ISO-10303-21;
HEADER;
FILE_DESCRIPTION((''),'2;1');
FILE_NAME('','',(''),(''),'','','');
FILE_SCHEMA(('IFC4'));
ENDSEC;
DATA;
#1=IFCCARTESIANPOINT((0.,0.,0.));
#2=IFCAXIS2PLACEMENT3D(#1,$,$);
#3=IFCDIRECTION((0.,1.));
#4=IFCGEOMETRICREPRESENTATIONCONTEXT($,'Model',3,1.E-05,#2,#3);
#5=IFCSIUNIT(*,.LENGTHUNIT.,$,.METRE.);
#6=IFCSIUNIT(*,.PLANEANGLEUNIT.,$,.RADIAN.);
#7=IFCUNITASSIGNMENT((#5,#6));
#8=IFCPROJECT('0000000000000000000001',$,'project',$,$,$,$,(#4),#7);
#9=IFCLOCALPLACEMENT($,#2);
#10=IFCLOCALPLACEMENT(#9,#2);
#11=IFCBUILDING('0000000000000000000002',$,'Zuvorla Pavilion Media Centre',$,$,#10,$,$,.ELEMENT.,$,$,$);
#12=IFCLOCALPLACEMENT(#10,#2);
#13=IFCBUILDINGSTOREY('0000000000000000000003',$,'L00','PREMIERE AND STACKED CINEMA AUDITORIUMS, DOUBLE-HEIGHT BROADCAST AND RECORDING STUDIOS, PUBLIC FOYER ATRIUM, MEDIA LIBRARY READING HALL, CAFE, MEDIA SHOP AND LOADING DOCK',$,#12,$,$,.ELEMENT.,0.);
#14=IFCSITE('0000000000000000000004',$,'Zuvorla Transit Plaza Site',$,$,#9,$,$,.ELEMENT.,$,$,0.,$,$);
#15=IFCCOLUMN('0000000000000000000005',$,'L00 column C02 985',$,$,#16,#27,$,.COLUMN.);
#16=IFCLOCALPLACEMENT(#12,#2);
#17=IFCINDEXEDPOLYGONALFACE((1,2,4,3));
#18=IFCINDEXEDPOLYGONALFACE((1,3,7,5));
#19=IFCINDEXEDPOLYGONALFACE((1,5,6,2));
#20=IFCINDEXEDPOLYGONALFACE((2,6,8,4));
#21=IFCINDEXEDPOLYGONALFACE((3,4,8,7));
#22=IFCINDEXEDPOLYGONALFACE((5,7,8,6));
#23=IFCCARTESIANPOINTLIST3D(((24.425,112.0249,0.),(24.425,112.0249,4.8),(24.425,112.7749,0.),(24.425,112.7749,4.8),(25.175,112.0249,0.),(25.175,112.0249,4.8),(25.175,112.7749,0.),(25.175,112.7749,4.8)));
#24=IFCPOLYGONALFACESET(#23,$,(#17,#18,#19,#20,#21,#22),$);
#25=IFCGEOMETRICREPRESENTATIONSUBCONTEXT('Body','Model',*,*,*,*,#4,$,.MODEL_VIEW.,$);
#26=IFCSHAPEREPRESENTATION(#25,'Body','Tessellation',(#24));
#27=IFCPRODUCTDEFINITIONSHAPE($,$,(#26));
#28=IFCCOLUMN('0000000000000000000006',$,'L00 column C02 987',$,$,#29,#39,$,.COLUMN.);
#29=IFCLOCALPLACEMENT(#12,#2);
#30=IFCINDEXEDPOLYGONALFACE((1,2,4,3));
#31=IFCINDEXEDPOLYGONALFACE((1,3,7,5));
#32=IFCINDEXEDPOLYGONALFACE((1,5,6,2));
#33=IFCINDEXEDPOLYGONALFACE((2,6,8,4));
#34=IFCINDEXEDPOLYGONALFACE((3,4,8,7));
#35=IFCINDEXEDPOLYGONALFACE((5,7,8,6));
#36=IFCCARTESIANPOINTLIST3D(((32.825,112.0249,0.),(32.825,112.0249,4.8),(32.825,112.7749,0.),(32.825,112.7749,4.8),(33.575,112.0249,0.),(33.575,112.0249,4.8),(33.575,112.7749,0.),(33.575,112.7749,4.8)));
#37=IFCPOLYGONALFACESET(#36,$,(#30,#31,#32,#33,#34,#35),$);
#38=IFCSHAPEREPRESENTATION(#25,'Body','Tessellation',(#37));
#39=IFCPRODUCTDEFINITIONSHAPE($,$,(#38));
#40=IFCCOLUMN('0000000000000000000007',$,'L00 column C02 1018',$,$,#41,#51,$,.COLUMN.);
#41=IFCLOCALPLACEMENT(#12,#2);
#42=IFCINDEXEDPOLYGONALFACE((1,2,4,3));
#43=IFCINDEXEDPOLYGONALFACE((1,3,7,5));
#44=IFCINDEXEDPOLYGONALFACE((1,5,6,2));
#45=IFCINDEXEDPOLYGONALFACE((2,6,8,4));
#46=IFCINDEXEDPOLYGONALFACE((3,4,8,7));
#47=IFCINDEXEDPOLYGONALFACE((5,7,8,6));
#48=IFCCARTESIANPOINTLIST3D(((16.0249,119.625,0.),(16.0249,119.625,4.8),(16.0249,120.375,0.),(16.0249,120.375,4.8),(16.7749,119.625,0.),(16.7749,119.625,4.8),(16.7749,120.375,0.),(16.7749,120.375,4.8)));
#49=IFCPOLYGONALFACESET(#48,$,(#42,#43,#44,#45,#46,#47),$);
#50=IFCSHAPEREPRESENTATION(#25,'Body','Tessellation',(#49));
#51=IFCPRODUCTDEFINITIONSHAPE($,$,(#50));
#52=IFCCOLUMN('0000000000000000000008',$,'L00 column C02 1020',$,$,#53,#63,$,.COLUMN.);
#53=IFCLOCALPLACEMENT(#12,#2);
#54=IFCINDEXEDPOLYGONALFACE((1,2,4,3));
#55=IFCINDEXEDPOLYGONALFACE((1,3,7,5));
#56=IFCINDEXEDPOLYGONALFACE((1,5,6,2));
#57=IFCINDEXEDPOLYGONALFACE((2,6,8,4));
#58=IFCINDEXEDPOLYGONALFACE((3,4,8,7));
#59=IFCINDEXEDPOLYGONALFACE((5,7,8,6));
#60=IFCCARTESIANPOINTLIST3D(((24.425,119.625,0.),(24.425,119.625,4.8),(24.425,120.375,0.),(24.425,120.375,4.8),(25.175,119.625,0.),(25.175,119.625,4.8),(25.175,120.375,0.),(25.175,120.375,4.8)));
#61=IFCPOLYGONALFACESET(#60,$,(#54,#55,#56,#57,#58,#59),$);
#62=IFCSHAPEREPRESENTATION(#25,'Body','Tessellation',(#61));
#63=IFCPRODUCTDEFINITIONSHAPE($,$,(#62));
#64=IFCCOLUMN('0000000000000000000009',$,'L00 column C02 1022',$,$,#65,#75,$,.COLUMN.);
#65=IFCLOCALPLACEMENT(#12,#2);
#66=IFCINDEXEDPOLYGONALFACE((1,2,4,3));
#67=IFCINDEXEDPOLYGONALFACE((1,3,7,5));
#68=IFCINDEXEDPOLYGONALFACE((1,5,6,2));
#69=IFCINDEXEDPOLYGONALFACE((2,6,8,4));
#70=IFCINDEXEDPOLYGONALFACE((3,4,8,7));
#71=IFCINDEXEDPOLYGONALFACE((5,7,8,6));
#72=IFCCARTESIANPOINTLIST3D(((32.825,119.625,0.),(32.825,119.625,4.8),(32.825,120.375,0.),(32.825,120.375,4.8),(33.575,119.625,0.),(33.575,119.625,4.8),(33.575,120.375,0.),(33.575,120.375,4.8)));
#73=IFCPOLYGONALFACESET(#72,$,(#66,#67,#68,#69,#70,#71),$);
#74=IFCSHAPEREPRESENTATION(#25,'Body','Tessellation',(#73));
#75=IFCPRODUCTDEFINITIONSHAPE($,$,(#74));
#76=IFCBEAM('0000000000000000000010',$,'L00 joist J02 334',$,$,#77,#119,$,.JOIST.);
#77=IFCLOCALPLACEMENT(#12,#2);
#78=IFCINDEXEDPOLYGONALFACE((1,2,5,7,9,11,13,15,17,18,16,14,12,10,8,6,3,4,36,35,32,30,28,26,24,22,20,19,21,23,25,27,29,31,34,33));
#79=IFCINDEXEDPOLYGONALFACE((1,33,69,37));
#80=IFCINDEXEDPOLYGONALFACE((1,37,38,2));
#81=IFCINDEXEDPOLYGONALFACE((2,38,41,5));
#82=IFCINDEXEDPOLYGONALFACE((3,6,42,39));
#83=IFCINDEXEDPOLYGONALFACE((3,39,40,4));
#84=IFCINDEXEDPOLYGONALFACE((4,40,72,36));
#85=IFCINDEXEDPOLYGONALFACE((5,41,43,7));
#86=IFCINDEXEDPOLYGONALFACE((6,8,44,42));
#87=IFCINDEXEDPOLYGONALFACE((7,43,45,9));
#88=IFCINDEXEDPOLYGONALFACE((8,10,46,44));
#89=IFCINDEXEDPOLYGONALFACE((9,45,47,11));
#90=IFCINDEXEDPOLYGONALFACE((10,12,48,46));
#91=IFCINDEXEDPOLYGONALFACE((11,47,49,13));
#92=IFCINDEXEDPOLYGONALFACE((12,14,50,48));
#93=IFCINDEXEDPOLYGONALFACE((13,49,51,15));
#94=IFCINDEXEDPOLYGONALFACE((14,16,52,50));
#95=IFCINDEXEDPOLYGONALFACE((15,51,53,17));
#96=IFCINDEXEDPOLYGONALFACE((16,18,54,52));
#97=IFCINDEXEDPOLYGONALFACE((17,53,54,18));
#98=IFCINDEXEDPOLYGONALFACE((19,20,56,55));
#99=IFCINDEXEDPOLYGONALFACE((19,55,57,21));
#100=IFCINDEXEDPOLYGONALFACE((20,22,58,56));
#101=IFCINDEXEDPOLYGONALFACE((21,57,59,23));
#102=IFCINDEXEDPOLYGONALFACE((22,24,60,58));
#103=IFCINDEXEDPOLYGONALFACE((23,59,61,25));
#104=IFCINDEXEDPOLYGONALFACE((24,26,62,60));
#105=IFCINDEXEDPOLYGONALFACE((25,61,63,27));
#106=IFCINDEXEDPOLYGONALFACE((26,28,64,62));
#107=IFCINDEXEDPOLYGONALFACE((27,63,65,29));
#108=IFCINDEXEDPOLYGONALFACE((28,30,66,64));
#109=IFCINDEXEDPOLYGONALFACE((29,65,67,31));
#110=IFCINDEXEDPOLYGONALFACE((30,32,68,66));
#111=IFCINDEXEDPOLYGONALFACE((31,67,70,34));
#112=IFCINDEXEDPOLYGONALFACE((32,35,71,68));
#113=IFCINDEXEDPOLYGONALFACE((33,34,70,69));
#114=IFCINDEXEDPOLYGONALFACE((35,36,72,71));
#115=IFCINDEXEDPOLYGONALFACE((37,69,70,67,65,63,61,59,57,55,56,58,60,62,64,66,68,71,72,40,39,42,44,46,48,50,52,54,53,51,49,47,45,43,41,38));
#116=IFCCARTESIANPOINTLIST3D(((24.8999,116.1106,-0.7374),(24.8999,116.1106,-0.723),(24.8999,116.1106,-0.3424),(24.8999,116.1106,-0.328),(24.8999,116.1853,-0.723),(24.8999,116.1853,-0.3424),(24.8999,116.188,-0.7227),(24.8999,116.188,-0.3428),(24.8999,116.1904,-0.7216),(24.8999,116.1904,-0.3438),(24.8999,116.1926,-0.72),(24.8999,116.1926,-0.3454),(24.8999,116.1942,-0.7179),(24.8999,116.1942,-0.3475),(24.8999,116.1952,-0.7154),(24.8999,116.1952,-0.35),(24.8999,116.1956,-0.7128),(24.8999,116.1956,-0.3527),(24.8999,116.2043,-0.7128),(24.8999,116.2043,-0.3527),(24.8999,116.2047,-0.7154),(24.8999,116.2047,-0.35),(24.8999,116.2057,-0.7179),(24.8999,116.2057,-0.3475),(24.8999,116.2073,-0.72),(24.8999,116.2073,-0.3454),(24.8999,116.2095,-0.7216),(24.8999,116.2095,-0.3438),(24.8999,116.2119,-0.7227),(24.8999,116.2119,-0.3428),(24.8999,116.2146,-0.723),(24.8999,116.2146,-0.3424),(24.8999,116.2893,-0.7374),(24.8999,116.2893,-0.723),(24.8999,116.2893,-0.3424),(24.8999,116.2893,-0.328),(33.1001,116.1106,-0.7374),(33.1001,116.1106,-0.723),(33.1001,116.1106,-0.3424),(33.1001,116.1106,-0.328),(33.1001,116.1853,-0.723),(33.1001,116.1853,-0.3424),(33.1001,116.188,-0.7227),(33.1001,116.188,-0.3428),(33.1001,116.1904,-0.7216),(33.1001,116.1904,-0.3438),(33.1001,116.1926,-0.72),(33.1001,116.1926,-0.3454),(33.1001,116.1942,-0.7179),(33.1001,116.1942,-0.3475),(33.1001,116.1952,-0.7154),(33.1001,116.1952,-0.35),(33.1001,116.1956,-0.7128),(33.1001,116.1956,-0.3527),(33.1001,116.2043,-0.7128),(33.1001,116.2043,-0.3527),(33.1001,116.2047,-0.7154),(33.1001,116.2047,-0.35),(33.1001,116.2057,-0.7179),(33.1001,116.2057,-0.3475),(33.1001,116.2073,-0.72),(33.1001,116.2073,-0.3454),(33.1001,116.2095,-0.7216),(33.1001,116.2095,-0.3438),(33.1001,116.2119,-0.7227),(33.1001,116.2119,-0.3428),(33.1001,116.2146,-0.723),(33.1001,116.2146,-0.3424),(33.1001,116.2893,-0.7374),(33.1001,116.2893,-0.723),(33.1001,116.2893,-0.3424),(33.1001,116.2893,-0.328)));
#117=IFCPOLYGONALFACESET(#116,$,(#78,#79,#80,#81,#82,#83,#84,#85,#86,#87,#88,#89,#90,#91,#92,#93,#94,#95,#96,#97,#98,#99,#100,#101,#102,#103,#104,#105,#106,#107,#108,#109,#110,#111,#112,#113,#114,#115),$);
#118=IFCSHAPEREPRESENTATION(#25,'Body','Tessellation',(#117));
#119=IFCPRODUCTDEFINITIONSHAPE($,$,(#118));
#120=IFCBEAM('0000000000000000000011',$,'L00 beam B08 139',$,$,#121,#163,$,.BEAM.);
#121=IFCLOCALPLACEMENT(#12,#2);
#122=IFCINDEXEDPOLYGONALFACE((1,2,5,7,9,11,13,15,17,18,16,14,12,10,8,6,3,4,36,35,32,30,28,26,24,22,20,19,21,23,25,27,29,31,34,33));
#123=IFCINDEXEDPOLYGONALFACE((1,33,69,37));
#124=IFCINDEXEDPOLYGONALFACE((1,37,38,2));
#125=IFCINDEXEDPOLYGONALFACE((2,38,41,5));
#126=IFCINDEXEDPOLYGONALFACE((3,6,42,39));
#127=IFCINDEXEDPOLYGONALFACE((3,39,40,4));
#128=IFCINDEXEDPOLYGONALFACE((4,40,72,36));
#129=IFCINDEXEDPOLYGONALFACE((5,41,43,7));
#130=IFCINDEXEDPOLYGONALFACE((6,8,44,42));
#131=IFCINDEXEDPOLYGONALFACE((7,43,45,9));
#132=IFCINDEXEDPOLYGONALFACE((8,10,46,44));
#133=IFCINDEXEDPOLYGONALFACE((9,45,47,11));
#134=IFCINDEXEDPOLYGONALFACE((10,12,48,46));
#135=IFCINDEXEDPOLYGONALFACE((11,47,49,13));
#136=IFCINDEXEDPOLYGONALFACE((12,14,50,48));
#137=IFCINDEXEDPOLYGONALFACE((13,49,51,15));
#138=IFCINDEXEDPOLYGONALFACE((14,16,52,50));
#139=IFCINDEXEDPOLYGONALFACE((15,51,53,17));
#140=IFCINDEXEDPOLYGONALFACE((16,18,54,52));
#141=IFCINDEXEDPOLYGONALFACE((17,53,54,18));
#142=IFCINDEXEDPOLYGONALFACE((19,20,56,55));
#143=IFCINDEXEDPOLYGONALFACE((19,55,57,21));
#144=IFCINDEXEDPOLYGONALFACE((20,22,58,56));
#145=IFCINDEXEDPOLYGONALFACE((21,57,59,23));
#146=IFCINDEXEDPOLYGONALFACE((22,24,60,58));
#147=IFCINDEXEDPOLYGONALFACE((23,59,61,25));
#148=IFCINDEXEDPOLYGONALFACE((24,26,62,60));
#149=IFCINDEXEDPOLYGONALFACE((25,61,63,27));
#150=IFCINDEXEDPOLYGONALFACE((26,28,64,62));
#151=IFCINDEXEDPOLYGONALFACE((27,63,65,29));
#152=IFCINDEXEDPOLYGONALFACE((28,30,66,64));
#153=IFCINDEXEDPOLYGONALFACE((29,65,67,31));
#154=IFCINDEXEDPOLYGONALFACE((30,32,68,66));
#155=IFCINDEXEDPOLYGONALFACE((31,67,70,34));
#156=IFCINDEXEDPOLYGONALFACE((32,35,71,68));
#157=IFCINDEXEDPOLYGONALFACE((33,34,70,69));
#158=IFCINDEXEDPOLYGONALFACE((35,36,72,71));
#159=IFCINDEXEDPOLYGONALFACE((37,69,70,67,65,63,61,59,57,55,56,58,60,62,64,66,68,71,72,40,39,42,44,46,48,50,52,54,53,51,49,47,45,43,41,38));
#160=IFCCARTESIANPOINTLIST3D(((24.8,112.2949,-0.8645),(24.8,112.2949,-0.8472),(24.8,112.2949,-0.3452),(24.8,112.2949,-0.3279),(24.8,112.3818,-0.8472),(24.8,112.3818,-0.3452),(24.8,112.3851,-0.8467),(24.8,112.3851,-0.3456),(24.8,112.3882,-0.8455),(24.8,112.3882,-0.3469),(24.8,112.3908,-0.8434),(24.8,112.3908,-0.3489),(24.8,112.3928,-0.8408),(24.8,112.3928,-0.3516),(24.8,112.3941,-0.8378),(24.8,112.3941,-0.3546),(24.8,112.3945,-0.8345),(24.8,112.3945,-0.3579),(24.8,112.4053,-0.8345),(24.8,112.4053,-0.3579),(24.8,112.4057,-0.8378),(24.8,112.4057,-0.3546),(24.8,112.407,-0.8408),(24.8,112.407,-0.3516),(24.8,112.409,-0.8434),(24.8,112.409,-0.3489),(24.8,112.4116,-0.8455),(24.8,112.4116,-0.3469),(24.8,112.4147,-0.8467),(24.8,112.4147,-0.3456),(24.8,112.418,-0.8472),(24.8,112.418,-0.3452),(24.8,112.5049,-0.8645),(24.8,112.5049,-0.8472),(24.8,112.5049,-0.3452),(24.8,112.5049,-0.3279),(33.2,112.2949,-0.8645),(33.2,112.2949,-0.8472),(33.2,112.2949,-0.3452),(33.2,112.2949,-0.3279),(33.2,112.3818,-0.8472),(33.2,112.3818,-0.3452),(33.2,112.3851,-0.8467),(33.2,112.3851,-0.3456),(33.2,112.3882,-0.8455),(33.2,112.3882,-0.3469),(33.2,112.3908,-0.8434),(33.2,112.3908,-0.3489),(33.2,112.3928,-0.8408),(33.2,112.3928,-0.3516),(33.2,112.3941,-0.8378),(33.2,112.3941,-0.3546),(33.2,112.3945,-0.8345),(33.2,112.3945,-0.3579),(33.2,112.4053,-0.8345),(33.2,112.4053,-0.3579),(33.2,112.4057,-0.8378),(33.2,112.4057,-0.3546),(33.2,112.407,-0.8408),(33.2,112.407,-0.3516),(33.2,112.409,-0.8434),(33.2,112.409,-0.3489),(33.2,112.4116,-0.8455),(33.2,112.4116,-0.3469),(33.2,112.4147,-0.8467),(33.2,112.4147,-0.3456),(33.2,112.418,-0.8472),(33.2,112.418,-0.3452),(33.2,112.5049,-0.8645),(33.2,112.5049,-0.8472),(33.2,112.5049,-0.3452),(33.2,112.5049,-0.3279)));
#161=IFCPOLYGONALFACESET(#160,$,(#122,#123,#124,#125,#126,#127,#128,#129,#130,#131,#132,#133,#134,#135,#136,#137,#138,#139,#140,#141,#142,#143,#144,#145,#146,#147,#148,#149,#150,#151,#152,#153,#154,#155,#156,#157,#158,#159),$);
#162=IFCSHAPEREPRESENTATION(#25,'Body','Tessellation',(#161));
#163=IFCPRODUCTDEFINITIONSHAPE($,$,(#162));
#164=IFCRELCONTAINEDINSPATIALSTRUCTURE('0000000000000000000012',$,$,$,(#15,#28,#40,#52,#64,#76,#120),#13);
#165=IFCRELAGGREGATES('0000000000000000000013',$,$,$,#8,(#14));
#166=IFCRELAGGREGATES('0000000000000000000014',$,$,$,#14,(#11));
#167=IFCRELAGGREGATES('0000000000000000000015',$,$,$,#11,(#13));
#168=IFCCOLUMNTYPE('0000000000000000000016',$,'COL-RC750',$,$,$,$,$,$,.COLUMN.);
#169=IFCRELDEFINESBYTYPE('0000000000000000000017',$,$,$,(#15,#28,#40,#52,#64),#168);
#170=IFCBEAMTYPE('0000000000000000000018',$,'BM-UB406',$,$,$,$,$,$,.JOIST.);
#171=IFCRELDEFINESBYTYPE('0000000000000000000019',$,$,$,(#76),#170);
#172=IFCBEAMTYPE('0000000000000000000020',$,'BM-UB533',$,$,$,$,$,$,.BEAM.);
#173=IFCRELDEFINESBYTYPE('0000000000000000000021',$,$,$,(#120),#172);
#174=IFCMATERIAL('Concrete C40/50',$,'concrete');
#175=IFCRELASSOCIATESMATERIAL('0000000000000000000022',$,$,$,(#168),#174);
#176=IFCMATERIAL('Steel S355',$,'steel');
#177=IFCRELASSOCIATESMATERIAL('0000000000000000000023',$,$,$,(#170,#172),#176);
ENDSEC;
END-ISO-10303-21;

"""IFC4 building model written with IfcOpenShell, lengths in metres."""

from ifc_helpers import new_model, si_unit, direction, frame, origin, origin_2d, place, context, subcontext, project, spatial, rectangle, i_section, extrude, material, material_profile, profile_set, type_object, element, save


model = new_model("IFC4")

# Units and contexts
model_context = context("Model", 3, precision=1e-05, world=origin(), true_north=direction((0.0, 1.0)))
body_context = subcontext(model_context, "Body", "Model", "MODEL_VIEW")
ifc_project = project(units=[si_unit("LENGTHUNIT", "METRE"), si_unit("PLANEANGLEUNIT", "RADIAN")], contexts=[model_context])

# Site, building, storey
site_placement = place(None, origin())
site = spatial("IfcSite", under=ifc_project, at=site_placement, Name="Zuvorla Transit Plaza Site", CompositionType="ELEMENT", RefElevation=0.0)
building_placement = place(site_placement, origin())
building = spatial("IfcBuilding", under=site, at=building_placement, Name="Zuvorla Pavilion Media Centre", CompositionType="ELEMENT")
storey_placement = place(building_placement, origin())
storey = spatial("IfcBuildingStorey", under=building, at=storey_placement, Name="L00", Description="PREMIERE AND STACKED CINEMA AUDITORIUMS, DOUBLE-HEIGHT BROADCAST AND RECORDING STUDIOS, PUBLIC FOYER ATRIUM, MEDIA LIBRARY READING HALL, CAFE, MEDIA SHOP AND LOADING DOCK", CompositionType="ELEMENT", Elevation=0.0)

# Columns
ifc_material_1 = material(Name="Concrete C40/50", Category="concrete")
ifc_material_profile_1 = material_profile(ifc_material_1, rectangle(XDim=0.75, YDim=0.75, at=origin_2d()), Name="RC 750x750")
ifc_profile_set_1 = profile_set([ifc_material_profile_1], Name="Concrete C40/50")
column_type = type_object("IfcColumnType", Name="COL-RC750", PredefinedType="COLUMN", material=ifc_profile_set_1)
for number, where, z_axis, x_axis, name in (
    (1, (24.8, 112.3999, 0.0), (0.0, 0.0, 1.0), (1.0, 0.0, 0.0), "L00 column C02 985"),
    (2, (33.2, 112.3999, 0.0), (0.0, 0.0, 1.0), (1.0, 0.0, 0.0), "L00 column C02 987"),
    (3, (16.3999, 120.0, 0.0), (0.0, 0.0, 1.0), (1.0, 0.0, 0.0), "L00 column C02 1018"),
    (4, (24.8, 120.0, 0.0), (0.0, 0.0, 1.0), (1.0, 0.0, 0.0), "L00 column C02 1020"),
    (5, (33.2, 120.0, 0.0), (0.0, 0.0, 1.0), (1.0, 0.0, 0.0), "L00 column C02 1022"),
):
    element("IfcColumn", number, at=place(storey_placement, frame(where, z_axis=z_axis, x_axis=x_axis)), inside=storey, type_object=column_type, Name=name, PredefinedType="COLUMN", context=body_context, shape_type="SweptSolid", body=[
        extrude(rectangle(XDim=0.75, YDim=0.75, at=origin_2d()), origin(), (0.0, 0.0, 1.0), 4.8),
    ])

# Beams
ifc_material_2 = material(Name="Steel S355", Category="steel")
ifc_material_profile_2 = material_profile(ifc_material_2, i_section(OverallWidth=0.1787, OverallDepth=0.4094, WebThickness=0.0088, FlangeThickness=0.0144, FilletRadius=0.0103, at=origin_2d()), Name="UB 406x178x67")
ifc_profile_set_2 = profile_set([ifc_material_profile_2], Name="Steel S355")
beam_type_1 = type_object("IfcBeamType", Name="BM-UB406", PredefinedType="JOIST", material=ifc_profile_set_2)
beam_1_placement = place(storey_placement, frame((24.8999, 116.2, -0.5327), z_axis=(1.0, 0.0, 0.0), x_axis=(0.0, 1.0, 0.0)))
element("IfcBeam", 6, at=beam_1_placement, inside=storey, type_object=beam_type_1, Name="L00 joist J02 334", PredefinedType="JOIST", context=body_context, shape_type="SweptSolid", body=[
    extrude(i_section(OverallWidth=0.1787, OverallDepth=0.4094, WebThickness=0.0088, FlangeThickness=0.0144, FilletRadius=0.0103, at=origin_2d()), origin(), (0.0, 0.0, 1.0), 8.2002),
])
ifc_material_profile_3 = material_profile(ifc_material_2, i_section(OverallWidth=0.21, OverallDepth=0.5366, WebThickness=0.0107, FlangeThickness=0.0173, FilletRadius=0.0127, at=origin_2d()), Name="UB 533x210x101")
ifc_profile_set_3 = profile_set([ifc_material_profile_3], Name="Steel S355")
beam_type_2 = type_object("IfcBeamType", Name="BM-UB533", PredefinedType="BEAM", material=ifc_profile_set_3)
beam_2_placement = place(storey_placement, frame((24.8, 112.3999, -0.5962), z_axis=(1.0, 0.0, 0.0), x_axis=(0.0, 1.0, 0.0)))
element("IfcBeam", 7, at=beam_2_placement, inside=storey, type_object=beam_type_2, Name="L00 beam B08 139", PredefinedType="BEAM", context=body_context, shape_type="SweptSolid", body=[
    extrude(i_section(OverallWidth=0.21, OverallDepth=0.5366, WebThickness=0.0107, FlangeThickness=0.0173, FilletRadius=0.0127, at=origin_2d()), origin(), (0.0, 0.0, 1.0), 8.3999),
])

save(model, "model.ifc")
